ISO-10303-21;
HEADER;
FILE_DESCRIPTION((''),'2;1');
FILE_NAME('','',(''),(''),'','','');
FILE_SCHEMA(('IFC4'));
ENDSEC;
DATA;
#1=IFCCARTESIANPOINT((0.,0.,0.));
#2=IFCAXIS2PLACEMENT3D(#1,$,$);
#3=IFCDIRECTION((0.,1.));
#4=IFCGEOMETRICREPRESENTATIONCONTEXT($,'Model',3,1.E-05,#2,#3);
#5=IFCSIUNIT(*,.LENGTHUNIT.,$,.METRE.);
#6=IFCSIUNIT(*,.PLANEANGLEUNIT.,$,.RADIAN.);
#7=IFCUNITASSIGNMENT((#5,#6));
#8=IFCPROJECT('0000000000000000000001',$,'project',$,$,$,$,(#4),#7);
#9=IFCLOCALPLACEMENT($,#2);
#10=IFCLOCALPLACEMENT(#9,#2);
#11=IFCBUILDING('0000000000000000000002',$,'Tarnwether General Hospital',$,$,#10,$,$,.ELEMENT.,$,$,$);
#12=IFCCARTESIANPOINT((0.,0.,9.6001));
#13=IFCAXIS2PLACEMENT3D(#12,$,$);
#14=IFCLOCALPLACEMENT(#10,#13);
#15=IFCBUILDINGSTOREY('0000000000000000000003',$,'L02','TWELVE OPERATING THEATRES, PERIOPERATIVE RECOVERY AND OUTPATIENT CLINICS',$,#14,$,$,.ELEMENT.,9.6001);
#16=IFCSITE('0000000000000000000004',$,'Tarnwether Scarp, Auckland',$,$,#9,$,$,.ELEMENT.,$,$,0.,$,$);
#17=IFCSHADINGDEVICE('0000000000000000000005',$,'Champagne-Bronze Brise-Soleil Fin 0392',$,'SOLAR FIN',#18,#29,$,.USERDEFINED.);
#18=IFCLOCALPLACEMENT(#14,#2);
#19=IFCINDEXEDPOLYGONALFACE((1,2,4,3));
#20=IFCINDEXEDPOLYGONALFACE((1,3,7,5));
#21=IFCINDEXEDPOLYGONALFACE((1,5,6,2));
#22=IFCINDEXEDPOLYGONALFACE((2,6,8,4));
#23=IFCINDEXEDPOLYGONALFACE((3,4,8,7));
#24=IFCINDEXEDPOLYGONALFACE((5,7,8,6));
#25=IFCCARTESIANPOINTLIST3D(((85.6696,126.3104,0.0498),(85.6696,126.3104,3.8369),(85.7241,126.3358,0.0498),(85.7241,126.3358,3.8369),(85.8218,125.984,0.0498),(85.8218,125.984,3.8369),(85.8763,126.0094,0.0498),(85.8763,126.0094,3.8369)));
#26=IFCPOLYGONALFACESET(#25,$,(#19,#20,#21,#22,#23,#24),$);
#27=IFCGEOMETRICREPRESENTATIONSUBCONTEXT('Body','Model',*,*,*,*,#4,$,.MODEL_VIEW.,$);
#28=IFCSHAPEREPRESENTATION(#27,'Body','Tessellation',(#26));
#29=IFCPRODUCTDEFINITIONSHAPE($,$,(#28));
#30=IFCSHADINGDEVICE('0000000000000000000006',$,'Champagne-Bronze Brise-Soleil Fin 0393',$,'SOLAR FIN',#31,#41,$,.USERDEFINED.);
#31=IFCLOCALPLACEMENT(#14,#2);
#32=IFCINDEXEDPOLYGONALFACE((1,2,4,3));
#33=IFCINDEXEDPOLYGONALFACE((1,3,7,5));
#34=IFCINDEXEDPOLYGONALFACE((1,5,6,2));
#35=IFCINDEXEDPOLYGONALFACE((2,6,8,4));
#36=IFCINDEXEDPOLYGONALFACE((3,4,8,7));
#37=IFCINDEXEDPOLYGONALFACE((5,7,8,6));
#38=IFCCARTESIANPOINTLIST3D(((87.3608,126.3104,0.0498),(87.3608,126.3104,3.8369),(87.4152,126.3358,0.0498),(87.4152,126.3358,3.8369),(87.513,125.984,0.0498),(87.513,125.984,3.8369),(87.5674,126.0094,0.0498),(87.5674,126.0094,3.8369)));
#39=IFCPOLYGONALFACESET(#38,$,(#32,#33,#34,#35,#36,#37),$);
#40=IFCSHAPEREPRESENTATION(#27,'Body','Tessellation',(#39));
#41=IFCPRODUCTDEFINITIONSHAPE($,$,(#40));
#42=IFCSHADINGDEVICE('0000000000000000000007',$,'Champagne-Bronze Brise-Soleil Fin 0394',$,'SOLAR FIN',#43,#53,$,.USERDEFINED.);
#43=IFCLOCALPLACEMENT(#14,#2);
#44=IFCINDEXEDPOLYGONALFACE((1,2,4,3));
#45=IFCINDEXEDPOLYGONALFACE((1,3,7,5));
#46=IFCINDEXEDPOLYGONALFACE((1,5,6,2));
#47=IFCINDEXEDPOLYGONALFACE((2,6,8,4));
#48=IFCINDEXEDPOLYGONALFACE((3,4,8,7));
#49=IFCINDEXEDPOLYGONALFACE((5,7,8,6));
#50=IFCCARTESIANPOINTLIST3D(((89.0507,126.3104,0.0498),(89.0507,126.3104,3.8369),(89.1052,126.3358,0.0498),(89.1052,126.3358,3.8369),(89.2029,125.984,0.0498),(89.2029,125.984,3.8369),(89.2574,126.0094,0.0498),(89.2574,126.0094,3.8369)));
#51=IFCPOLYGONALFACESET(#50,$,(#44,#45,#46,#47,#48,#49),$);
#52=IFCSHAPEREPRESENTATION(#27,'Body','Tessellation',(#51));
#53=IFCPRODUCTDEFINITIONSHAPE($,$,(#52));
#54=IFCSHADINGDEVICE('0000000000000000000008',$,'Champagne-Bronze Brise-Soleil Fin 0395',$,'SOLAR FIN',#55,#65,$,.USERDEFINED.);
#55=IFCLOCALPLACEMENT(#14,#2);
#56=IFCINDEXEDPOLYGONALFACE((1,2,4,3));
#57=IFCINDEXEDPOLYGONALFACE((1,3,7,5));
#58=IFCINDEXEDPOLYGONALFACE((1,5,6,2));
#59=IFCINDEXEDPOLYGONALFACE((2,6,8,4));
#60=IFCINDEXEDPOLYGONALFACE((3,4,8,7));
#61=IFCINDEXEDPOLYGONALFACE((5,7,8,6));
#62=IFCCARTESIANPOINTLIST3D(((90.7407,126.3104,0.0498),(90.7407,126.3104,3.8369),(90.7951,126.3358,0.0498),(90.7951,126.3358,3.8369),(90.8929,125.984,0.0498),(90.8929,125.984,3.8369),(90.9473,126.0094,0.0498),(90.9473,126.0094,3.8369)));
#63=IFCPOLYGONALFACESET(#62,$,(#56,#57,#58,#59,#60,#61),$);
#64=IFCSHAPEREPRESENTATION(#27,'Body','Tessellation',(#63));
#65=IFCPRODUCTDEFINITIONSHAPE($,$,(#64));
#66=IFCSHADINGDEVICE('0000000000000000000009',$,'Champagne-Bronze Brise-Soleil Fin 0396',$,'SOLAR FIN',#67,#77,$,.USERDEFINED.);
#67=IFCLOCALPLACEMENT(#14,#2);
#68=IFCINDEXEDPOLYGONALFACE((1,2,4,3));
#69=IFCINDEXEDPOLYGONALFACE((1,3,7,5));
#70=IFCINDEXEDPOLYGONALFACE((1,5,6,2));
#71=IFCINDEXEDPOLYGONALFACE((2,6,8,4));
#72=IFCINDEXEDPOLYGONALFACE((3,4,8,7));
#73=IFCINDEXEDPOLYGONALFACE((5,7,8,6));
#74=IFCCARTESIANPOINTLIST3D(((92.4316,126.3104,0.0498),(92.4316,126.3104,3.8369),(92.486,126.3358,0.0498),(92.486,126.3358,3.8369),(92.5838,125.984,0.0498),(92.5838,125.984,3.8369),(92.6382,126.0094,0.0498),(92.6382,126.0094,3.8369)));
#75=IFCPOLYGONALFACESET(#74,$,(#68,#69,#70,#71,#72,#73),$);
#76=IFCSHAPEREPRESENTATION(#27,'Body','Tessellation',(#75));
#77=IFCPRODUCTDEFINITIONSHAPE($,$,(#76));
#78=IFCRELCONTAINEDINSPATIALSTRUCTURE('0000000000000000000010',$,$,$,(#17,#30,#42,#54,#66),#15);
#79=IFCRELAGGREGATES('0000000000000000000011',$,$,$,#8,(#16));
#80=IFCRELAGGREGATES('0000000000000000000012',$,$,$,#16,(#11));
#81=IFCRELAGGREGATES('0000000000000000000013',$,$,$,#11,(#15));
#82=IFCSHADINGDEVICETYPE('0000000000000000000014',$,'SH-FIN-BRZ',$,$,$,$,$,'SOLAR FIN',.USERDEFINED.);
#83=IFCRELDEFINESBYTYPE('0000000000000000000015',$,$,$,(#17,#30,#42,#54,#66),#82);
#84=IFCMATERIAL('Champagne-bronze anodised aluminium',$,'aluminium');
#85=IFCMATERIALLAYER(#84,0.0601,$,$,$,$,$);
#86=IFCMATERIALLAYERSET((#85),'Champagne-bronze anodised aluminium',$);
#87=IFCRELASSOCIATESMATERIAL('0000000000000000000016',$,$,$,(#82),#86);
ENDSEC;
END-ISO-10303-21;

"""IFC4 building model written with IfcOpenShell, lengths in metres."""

from ifc_helpers import new_model, si_unit, direction, frame, origin, origin_2d, place, context, subcontext, project, spatial, rectangle, extrude, material, layer, layer_set, type_object, element, save


model = new_model("IFC4")

# Units and contexts
model_context = context("Model", 3, precision=1e-05, world=origin(), true_north=direction((0.0, 1.0)))
body_context = subcontext(model_context, "Body", "Model", "MODEL_VIEW")
ifc_project = project(units=[si_unit("LENGTHUNIT", "METRE"), si_unit("PLANEANGLEUNIT", "RADIAN")], contexts=[model_context])

# Site, building, storey
site_placement = place(None, origin())
site = spatial("IfcSite", under=ifc_project, at=site_placement, Name="Tarnwether Scarp, Auckland", CompositionType="ELEMENT", RefElevation=0.0)
building_placement = place(site_placement, origin())
building = spatial("IfcBuilding", under=site, at=building_placement, Name="Tarnwether General Hospital", CompositionType="ELEMENT")
storey_placement = place(building_placement, frame((0.0, 0.0, 9.6001)))
storey = spatial("IfcBuildingStorey", under=building, at=storey_placement, Name="L02", Description="TWELVE OPERATING THEATRES, PERIOPERATIVE RECOVERY AND OUTPATIENT CLINICS", CompositionType="ELEMENT", Elevation=9.6001)

# Shading devices
ifc_material_1 = material(Name="Champagne-bronze anodised aluminium", Category="aluminium")
ifc_layer_1 = layer(ifc_material_1, 0.0601)
ifc_layer_set_1 = layer_set([ifc_layer_1], Name="Champagne-bronze anodised aluminium")
shading_device_type = type_object("IfcShadingDeviceType", Name="SH-FIN-BRZ", ElementType="SOLAR FIN", PredefinedType="USERDEFINED", material=ifc_layer_set_1)
for number, where, z_axis, x_axis, name in (
    (1, (85.7729, 126.1599, 0.0498), (0.0, 0.0, 1.0), (0.906308, 0.422618, 0.0), "Champagne-Bronze Brise-Soleil Fin 0392"),
    (2, (87.4641, 126.1599, 0.0498), (0.0, 0.0, 1.0), (0.906308, 0.422618, 0.0), "Champagne-Bronze Brise-Soleil Fin 0393"),
    (3, (89.1541, 126.1599, 0.0498), (0.0, 0.0, 1.0), (0.906308, 0.422618, 0.0), "Champagne-Bronze Brise-Soleil Fin 0394"),
    (4, (90.844, 126.1599, 0.0498), (0.0, 0.0, 1.0), (0.906308, 0.422618, 0.0), "Champagne-Bronze Brise-Soleil Fin 0395"),
    (5, (92.5349, 126.1599, 0.0498), (0.0, 0.0, 1.0), (0.906308, 0.422618, 0.0), "Champagne-Bronze Brise-Soleil Fin 0396"),
):
    element("IfcShadingDevice", number, at=place(storey_placement, frame(where, z_axis=z_axis, x_axis=x_axis)), inside=storey, type_object=shading_device_type, Name=name, ObjectType="SOLAR FIN", PredefinedType="USERDEFINED", context=body_context, shape_type="SweptSolid", body=[
        extrude(rectangle(XDim=0.0601, YDim=0.3601, at=origin_2d()), origin(), (0.0, 0.0, 1.0), 3.7871),
    ])

save(model, "model.ifc")
